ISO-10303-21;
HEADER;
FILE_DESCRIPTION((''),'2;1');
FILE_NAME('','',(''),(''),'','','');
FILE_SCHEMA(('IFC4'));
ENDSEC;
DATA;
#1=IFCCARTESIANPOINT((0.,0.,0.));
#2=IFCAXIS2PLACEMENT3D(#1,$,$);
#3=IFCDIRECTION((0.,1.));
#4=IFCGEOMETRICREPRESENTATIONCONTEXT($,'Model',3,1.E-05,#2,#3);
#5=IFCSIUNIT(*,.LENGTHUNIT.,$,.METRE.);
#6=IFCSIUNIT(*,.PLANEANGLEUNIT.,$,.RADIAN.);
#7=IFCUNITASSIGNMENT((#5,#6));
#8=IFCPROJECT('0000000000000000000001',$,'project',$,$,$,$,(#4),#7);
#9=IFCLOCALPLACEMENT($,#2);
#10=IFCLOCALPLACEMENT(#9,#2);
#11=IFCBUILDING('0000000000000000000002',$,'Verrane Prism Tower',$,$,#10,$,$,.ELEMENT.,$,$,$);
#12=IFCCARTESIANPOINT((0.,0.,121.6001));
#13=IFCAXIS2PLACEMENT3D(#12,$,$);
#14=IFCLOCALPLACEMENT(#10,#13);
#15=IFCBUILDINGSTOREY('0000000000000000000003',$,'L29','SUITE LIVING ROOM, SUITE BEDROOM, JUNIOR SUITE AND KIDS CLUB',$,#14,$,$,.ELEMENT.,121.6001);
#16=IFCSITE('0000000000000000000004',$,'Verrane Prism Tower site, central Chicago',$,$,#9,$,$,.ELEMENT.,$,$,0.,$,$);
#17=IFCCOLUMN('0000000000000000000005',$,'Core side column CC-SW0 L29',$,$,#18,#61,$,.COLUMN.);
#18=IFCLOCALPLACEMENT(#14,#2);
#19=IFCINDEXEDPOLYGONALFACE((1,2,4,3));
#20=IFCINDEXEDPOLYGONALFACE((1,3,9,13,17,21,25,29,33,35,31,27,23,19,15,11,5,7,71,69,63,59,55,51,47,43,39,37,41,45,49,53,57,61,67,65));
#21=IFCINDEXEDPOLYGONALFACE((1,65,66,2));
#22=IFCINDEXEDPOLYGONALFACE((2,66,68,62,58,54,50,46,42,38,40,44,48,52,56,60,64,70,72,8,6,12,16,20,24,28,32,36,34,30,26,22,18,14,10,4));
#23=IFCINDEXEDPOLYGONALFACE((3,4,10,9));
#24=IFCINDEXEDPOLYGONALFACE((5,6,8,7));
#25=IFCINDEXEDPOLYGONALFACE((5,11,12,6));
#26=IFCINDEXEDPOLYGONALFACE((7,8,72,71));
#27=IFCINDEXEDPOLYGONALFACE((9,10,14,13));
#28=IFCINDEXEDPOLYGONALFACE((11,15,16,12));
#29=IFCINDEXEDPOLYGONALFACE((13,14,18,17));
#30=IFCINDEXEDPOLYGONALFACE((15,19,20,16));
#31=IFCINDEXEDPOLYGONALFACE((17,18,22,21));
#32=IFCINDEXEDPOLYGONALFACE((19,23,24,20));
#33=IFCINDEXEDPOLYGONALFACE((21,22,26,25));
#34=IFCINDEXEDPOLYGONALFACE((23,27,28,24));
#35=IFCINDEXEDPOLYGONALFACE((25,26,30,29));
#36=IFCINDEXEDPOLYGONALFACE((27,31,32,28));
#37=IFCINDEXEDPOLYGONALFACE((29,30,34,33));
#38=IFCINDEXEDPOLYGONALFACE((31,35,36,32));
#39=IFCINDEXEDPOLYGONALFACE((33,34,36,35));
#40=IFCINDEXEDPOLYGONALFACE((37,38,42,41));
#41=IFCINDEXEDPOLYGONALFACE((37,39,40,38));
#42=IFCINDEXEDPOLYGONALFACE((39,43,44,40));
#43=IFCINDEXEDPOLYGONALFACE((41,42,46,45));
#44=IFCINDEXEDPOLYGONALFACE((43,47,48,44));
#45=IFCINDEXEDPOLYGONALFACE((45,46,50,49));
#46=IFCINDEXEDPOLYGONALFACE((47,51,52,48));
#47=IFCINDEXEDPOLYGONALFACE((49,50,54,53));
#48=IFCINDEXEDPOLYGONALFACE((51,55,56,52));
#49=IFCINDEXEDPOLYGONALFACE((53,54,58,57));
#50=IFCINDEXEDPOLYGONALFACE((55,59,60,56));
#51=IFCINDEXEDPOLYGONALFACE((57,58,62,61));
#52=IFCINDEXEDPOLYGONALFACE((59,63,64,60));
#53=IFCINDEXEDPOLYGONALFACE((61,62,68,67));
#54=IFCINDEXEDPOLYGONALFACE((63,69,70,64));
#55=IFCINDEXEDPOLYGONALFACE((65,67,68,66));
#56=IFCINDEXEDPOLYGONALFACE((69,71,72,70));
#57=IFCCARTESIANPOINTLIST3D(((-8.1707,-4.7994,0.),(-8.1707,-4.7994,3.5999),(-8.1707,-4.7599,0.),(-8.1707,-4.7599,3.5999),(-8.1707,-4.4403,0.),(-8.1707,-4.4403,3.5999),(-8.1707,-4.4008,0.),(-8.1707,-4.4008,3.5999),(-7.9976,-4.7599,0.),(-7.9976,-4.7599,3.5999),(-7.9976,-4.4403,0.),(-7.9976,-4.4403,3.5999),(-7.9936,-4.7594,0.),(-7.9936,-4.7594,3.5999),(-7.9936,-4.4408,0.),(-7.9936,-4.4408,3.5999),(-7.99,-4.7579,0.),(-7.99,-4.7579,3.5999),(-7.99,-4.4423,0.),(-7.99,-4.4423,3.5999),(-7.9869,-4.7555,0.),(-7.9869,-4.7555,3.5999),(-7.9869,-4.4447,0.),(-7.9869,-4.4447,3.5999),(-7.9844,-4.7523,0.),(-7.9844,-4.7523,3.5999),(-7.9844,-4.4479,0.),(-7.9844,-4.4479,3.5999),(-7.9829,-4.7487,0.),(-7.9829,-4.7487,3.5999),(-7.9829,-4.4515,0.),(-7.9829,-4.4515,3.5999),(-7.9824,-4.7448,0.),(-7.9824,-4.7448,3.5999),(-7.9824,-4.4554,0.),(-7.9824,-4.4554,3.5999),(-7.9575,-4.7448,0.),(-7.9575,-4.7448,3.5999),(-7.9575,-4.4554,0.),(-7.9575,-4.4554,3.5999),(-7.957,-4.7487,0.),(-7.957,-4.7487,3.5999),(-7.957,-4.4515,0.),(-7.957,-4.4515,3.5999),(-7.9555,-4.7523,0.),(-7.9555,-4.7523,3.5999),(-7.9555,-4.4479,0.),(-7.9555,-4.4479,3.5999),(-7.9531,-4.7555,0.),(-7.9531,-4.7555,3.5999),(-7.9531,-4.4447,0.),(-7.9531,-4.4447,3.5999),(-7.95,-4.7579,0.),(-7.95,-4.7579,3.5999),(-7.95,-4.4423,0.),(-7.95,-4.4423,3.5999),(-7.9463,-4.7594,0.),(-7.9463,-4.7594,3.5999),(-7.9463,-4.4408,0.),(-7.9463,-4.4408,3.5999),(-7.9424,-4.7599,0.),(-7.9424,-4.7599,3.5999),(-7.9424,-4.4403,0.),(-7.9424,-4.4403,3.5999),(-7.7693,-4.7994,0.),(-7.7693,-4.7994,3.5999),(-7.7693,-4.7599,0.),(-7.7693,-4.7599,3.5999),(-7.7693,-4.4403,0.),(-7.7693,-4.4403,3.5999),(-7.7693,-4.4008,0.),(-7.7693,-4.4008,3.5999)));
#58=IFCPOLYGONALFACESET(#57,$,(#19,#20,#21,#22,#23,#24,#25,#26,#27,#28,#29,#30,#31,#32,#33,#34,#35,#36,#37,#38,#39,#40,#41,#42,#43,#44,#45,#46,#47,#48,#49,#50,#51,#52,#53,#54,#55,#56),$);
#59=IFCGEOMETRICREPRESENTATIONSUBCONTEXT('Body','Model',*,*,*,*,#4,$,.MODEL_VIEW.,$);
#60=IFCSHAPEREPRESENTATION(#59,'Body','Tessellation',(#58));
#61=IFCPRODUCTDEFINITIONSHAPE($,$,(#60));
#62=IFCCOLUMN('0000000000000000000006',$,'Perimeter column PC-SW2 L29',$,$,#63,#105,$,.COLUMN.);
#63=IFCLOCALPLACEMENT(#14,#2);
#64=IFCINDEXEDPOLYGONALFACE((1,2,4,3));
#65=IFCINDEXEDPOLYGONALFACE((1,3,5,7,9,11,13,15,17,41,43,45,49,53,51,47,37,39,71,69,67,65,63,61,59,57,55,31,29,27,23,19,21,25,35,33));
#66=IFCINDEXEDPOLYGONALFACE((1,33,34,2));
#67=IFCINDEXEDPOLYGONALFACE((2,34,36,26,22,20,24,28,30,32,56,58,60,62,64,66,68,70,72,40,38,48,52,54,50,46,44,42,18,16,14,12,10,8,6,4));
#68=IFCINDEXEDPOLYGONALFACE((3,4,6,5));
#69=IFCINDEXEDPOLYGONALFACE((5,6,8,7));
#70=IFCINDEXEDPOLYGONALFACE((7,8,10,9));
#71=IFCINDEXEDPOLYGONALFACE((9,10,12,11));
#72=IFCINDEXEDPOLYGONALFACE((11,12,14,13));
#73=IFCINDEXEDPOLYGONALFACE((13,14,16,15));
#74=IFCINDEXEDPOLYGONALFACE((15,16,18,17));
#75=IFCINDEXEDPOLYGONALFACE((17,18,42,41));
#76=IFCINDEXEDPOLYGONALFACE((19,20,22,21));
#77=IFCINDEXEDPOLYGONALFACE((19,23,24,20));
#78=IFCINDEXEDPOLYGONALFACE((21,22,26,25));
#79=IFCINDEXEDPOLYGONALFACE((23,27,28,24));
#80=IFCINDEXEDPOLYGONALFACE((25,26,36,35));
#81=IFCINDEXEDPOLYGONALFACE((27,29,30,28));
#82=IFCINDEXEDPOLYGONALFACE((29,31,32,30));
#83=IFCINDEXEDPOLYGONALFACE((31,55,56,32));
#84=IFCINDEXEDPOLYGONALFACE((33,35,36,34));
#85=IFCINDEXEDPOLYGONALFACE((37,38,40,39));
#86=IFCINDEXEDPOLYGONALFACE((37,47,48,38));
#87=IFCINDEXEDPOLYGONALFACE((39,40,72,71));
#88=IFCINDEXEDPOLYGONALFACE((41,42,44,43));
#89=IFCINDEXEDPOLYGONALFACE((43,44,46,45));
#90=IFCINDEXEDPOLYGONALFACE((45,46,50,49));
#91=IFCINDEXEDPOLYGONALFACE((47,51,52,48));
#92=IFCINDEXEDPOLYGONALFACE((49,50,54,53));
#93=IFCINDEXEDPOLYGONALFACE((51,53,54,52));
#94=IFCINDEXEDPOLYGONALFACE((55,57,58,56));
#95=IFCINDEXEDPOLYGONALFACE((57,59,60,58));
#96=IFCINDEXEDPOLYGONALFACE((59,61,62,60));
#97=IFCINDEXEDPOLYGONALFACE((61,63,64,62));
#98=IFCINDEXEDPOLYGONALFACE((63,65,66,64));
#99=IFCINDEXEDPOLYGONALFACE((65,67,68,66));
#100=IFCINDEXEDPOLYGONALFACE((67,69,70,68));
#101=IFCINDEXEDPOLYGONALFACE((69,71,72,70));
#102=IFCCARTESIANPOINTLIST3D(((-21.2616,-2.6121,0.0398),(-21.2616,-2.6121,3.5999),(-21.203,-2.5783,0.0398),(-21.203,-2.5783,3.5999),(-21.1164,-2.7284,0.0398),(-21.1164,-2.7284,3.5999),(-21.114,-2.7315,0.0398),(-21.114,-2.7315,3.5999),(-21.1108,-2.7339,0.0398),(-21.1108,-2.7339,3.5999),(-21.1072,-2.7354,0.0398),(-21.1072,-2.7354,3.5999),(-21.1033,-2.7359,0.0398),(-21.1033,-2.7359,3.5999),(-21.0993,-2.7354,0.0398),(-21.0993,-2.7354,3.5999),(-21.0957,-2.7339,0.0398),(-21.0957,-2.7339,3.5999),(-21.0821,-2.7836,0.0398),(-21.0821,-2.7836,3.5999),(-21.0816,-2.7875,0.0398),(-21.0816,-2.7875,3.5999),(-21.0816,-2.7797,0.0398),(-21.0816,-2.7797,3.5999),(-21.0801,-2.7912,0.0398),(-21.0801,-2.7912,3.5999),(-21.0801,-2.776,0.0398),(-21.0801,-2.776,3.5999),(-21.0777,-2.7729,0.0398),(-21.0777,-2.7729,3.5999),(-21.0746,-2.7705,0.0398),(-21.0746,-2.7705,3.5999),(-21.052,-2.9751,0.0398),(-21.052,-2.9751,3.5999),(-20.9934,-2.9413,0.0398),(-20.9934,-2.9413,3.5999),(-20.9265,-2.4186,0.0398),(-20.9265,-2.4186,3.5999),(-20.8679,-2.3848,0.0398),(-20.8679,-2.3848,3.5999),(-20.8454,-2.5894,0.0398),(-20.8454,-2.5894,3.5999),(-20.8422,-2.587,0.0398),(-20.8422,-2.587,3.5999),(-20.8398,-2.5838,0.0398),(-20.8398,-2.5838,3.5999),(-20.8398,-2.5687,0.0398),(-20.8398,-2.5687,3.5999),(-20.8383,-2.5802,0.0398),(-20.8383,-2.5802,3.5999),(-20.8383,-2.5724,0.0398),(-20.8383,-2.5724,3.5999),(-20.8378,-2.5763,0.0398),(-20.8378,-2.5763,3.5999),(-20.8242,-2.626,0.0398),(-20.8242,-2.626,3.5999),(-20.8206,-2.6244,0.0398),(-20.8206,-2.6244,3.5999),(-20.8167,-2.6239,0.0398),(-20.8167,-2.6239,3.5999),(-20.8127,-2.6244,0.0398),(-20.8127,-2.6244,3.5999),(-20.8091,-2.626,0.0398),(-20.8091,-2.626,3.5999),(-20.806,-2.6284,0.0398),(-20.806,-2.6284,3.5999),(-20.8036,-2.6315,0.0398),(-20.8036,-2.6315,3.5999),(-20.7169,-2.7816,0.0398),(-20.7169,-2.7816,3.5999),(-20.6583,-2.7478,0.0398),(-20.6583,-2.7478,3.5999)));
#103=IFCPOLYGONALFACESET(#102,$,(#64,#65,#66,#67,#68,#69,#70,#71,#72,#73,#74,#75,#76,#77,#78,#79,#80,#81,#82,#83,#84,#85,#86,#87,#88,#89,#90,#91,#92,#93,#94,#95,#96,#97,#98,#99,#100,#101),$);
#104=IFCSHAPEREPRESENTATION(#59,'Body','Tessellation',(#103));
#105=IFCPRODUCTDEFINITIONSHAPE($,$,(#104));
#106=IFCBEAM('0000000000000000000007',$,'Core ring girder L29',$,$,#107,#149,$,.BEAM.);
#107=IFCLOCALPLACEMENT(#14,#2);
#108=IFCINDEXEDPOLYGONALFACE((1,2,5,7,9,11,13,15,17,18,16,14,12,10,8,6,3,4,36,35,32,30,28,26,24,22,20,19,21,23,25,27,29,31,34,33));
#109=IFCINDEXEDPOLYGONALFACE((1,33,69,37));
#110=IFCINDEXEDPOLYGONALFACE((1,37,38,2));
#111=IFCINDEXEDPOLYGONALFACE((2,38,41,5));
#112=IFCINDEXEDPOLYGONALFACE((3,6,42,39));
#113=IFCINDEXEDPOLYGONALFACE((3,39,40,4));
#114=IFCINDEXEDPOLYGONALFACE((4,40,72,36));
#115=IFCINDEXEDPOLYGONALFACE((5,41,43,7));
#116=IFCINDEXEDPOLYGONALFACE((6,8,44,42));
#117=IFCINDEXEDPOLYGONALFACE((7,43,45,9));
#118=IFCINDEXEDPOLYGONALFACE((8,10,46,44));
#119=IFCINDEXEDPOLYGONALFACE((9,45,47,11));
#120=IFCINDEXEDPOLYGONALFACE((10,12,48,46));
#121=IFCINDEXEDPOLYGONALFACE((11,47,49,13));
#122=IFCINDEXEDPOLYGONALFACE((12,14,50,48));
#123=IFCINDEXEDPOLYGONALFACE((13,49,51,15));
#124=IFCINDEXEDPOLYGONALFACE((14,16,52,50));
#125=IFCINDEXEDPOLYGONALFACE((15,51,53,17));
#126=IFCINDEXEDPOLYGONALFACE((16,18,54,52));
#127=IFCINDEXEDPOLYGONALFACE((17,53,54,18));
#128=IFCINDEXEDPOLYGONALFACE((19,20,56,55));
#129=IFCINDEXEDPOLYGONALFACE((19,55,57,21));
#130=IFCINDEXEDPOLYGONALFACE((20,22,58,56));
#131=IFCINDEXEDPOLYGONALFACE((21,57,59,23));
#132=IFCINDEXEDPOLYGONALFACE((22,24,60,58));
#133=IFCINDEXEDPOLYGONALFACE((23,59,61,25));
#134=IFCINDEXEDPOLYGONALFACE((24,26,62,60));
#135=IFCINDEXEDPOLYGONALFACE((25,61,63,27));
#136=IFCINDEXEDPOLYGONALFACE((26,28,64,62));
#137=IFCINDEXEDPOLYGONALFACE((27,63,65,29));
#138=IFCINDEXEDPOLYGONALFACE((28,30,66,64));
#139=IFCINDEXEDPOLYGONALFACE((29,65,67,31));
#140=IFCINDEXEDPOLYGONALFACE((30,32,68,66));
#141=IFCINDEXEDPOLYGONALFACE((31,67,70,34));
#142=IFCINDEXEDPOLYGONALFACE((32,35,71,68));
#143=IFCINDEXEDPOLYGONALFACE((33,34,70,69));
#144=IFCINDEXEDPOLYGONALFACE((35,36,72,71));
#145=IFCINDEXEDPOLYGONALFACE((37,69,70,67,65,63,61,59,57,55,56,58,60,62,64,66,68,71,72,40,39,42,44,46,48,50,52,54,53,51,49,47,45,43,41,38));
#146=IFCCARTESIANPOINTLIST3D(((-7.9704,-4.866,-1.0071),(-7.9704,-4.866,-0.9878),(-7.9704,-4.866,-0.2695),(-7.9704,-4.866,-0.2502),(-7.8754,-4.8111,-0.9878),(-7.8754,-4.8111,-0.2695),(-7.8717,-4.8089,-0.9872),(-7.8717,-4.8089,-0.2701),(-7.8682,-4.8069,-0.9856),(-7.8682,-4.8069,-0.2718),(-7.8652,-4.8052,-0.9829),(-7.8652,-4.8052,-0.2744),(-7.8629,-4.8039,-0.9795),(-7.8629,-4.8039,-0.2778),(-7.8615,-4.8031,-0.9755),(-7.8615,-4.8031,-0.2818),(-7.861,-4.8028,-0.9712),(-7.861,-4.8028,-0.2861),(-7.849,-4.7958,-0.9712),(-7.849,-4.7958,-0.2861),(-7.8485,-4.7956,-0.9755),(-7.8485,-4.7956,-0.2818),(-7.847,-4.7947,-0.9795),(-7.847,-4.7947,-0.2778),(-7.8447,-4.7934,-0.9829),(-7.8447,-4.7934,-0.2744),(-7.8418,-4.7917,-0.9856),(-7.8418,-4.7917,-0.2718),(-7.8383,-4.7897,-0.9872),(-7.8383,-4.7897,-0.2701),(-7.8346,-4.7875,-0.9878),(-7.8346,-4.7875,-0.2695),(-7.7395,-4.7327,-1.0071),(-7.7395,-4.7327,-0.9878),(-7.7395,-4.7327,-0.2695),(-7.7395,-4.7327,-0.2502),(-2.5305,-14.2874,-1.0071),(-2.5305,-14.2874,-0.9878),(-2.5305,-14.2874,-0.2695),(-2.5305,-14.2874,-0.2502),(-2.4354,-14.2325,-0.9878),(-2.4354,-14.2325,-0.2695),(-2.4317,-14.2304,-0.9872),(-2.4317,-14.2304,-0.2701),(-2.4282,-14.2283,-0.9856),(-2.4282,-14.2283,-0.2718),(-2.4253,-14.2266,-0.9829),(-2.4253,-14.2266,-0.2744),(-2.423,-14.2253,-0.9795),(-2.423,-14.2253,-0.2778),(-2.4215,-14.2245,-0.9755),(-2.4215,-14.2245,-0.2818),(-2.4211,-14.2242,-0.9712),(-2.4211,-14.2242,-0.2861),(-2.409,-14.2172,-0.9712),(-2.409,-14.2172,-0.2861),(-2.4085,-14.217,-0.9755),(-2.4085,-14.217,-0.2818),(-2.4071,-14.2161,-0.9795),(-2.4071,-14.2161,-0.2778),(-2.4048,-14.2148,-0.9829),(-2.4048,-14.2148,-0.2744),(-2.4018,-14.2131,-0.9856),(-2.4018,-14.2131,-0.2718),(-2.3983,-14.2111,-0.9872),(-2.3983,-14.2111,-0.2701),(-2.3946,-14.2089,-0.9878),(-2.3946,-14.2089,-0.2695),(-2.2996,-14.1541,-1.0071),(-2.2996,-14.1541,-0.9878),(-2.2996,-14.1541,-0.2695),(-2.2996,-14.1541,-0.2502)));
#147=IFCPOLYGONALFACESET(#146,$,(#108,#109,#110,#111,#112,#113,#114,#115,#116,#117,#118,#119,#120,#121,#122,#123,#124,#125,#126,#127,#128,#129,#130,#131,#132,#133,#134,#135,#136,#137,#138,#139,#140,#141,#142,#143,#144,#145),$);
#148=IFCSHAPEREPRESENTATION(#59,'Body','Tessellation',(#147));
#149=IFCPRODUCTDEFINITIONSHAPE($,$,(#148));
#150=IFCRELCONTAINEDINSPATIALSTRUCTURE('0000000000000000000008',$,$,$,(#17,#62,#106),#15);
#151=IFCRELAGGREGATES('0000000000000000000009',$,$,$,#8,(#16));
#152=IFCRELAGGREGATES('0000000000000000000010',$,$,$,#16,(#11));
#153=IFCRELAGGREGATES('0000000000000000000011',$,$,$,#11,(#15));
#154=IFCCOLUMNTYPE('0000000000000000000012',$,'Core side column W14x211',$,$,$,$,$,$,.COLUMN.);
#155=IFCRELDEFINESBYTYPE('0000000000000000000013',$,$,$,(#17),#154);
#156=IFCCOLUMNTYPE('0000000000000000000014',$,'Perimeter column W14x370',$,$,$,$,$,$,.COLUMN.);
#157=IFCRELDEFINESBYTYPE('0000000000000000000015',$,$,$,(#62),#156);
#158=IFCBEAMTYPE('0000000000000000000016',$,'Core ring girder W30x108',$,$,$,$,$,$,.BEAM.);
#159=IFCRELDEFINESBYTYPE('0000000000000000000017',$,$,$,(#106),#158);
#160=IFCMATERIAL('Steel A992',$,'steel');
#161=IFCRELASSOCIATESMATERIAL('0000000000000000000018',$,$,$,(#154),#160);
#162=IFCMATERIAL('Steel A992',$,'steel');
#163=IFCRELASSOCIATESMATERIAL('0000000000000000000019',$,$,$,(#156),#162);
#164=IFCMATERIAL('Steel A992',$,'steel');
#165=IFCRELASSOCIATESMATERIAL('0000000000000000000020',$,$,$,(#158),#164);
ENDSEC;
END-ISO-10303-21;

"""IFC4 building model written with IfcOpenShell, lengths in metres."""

from ifc_helpers import new_model, si_unit, direction, frame, origin, origin_2d, place, context, subcontext, project, spatial, i_section, extrude, material, material_profile, profile_set, type_object, element, save


model = new_model("IFC4")

# Units and contexts
model_context = context("Model", 3, precision=1e-05, world=origin(), true_north=direction((0.0, 1.0)))
body_context = subcontext(model_context, "Body", "Model", "MODEL_VIEW")
ifc_project = project(units=[si_unit("LENGTHUNIT", "METRE"), si_unit("PLANEANGLEUNIT", "RADIAN")], contexts=[model_context])

# Site, building, storey
site_placement = place(None, origin())
site = spatial("IfcSite", under=ifc_project, at=site_placement, Name="Verrane Prism Tower site, central Chicago", CompositionType="ELEMENT", RefElevation=0.0)
building_placement = place(site_placement, origin())
building = spatial("IfcBuilding", under=site, at=building_placement, Name="Verrane Prism Tower", CompositionType="ELEMENT")
storey_placement = place(building_placement, frame((0.0, 0.0, 121.6001)))
storey = spatial("IfcBuildingStorey", under=building, at=storey_placement, Name="L29", Description="SUITE LIVING ROOM, SUITE BEDROOM, JUNIOR SUITE AND KIDS CLUB", CompositionType="ELEMENT", Elevation=121.6001)

# Columns
ifc_material_1 = material(Name="Steel A992", Category="steel")
ifc_material_profile_1 = material_profile(ifc_material_1, i_section(OverallWidth=0.4014, OverallDepth=0.3987, WebThickness=0.0249, FlangeThickness=0.0396, FilletRadius=0.0151, at=origin_2d()), Name="W14x211")
ifc_profile_set_1 = profile_set([ifc_material_profile_1], Name="Steel A992")
column_type_1 = type_object("IfcColumnType", Name="Core side column W14x211", PredefinedType="COLUMN", material=ifc_profile_set_1)
column_1_placement = place(storey_placement, frame((-7.97, -4.6001, 0.0), z_axis=(0.0, 0.0, 1.0), x_axis=(1.0, 0.0, 0.0)))
element("IfcColumn", 1, at=column_1_placement, inside=storey, type_object=column_type_1, Name="Core side column CC-SW0 L29", PredefinedType="COLUMN", context=body_context, shape_type="SweptSolid", body=[
    extrude(i_section(OverallWidth=0.4014, OverallDepth=0.3987, WebThickness=0.0249, FlangeThickness=0.0396, FilletRadius=0.0151, at=origin_2d()), origin(), (0.0, 0.0, 1.0), 3.5999),
])
ifc_material_2 = material(Name="Steel A992", Category="steel")
ifc_material_profile_2 = material_profile(ifc_material_2, i_section(OverallWidth=0.4192, OverallDepth=0.4546, WebThickness=0.0422, FlangeThickness=0.0676, FilletRadius=0.0151, at=origin_2d()), Name="W14x370")
ifc_profile_set_2 = profile_set([ifc_material_profile_2], Name="Steel A992")
column_type_2 = type_object("IfcColumnType", Name="Perimeter column W14x370", PredefinedType="COLUMN", material=ifc_profile_set_2)
column_2_placement = place(storey_placement, frame((-20.96, -2.6799, 0.0398), z_axis=(0.0, 0.0, 1.0), x_axis=(-0.5, 0.866025, 0.0)))
element("IfcColumn", 2, at=column_2_placement, inside=storey, type_object=column_type_2, Name="Perimeter column PC-SW2 L29", PredefinedType="COLUMN", context=body_context, shape_type="SweptSolid", body=[
    extrude(i_section(OverallWidth=0.4192, OverallDepth=0.4546, WebThickness=0.0422, FlangeThickness=0.0676, FilletRadius=0.0151, at=origin_2d()), origin(), (0.0, 0.0, 1.0), 3.5601),
])

# Beam
ifc_material_3 = material(Name="Steel A992", Category="steel")
ifc_material_profile_3 = material_profile(ifc_material_3, i_section(OverallWidth=0.2666, OverallDepth=0.7568, WebThickness=0.0139, FlangeThickness=0.0193, FilletRadius=0.0166, at=origin_2d()), Name="W30x108")
ifc_profile_set_3 = profile_set([ifc_material_profile_3], Name="Steel A992")
beam_type_1 = type_object("IfcBeamType", Name="Core ring girder W30x108", PredefinedType="BEAM", material=ifc_profile_set_3)
beam_1_placement = place(storey_placement, frame((-7.855, -4.7993, -0.6287), z_axis=(0.500035, -0.866005, 0.0), x_axis=(0.866005, 0.500035, 0.0)))
element("IfcBeam", 3, at=beam_1_placement, inside=storey, type_object=beam_type_1, Name="Core ring girder L29", PredefinedType="BEAM", context=body_context, shape_type="SweptSolid", body=[
    extrude(i_section(OverallWidth=0.2666, OverallDepth=0.7568, WebThickness=0.0139, FlangeThickness=0.0193, FilletRadius=0.0166, at=origin_2d()), origin(), (0.0, 0.0, 1.0), 10.8792),
])

save(model, "model.ifc")
